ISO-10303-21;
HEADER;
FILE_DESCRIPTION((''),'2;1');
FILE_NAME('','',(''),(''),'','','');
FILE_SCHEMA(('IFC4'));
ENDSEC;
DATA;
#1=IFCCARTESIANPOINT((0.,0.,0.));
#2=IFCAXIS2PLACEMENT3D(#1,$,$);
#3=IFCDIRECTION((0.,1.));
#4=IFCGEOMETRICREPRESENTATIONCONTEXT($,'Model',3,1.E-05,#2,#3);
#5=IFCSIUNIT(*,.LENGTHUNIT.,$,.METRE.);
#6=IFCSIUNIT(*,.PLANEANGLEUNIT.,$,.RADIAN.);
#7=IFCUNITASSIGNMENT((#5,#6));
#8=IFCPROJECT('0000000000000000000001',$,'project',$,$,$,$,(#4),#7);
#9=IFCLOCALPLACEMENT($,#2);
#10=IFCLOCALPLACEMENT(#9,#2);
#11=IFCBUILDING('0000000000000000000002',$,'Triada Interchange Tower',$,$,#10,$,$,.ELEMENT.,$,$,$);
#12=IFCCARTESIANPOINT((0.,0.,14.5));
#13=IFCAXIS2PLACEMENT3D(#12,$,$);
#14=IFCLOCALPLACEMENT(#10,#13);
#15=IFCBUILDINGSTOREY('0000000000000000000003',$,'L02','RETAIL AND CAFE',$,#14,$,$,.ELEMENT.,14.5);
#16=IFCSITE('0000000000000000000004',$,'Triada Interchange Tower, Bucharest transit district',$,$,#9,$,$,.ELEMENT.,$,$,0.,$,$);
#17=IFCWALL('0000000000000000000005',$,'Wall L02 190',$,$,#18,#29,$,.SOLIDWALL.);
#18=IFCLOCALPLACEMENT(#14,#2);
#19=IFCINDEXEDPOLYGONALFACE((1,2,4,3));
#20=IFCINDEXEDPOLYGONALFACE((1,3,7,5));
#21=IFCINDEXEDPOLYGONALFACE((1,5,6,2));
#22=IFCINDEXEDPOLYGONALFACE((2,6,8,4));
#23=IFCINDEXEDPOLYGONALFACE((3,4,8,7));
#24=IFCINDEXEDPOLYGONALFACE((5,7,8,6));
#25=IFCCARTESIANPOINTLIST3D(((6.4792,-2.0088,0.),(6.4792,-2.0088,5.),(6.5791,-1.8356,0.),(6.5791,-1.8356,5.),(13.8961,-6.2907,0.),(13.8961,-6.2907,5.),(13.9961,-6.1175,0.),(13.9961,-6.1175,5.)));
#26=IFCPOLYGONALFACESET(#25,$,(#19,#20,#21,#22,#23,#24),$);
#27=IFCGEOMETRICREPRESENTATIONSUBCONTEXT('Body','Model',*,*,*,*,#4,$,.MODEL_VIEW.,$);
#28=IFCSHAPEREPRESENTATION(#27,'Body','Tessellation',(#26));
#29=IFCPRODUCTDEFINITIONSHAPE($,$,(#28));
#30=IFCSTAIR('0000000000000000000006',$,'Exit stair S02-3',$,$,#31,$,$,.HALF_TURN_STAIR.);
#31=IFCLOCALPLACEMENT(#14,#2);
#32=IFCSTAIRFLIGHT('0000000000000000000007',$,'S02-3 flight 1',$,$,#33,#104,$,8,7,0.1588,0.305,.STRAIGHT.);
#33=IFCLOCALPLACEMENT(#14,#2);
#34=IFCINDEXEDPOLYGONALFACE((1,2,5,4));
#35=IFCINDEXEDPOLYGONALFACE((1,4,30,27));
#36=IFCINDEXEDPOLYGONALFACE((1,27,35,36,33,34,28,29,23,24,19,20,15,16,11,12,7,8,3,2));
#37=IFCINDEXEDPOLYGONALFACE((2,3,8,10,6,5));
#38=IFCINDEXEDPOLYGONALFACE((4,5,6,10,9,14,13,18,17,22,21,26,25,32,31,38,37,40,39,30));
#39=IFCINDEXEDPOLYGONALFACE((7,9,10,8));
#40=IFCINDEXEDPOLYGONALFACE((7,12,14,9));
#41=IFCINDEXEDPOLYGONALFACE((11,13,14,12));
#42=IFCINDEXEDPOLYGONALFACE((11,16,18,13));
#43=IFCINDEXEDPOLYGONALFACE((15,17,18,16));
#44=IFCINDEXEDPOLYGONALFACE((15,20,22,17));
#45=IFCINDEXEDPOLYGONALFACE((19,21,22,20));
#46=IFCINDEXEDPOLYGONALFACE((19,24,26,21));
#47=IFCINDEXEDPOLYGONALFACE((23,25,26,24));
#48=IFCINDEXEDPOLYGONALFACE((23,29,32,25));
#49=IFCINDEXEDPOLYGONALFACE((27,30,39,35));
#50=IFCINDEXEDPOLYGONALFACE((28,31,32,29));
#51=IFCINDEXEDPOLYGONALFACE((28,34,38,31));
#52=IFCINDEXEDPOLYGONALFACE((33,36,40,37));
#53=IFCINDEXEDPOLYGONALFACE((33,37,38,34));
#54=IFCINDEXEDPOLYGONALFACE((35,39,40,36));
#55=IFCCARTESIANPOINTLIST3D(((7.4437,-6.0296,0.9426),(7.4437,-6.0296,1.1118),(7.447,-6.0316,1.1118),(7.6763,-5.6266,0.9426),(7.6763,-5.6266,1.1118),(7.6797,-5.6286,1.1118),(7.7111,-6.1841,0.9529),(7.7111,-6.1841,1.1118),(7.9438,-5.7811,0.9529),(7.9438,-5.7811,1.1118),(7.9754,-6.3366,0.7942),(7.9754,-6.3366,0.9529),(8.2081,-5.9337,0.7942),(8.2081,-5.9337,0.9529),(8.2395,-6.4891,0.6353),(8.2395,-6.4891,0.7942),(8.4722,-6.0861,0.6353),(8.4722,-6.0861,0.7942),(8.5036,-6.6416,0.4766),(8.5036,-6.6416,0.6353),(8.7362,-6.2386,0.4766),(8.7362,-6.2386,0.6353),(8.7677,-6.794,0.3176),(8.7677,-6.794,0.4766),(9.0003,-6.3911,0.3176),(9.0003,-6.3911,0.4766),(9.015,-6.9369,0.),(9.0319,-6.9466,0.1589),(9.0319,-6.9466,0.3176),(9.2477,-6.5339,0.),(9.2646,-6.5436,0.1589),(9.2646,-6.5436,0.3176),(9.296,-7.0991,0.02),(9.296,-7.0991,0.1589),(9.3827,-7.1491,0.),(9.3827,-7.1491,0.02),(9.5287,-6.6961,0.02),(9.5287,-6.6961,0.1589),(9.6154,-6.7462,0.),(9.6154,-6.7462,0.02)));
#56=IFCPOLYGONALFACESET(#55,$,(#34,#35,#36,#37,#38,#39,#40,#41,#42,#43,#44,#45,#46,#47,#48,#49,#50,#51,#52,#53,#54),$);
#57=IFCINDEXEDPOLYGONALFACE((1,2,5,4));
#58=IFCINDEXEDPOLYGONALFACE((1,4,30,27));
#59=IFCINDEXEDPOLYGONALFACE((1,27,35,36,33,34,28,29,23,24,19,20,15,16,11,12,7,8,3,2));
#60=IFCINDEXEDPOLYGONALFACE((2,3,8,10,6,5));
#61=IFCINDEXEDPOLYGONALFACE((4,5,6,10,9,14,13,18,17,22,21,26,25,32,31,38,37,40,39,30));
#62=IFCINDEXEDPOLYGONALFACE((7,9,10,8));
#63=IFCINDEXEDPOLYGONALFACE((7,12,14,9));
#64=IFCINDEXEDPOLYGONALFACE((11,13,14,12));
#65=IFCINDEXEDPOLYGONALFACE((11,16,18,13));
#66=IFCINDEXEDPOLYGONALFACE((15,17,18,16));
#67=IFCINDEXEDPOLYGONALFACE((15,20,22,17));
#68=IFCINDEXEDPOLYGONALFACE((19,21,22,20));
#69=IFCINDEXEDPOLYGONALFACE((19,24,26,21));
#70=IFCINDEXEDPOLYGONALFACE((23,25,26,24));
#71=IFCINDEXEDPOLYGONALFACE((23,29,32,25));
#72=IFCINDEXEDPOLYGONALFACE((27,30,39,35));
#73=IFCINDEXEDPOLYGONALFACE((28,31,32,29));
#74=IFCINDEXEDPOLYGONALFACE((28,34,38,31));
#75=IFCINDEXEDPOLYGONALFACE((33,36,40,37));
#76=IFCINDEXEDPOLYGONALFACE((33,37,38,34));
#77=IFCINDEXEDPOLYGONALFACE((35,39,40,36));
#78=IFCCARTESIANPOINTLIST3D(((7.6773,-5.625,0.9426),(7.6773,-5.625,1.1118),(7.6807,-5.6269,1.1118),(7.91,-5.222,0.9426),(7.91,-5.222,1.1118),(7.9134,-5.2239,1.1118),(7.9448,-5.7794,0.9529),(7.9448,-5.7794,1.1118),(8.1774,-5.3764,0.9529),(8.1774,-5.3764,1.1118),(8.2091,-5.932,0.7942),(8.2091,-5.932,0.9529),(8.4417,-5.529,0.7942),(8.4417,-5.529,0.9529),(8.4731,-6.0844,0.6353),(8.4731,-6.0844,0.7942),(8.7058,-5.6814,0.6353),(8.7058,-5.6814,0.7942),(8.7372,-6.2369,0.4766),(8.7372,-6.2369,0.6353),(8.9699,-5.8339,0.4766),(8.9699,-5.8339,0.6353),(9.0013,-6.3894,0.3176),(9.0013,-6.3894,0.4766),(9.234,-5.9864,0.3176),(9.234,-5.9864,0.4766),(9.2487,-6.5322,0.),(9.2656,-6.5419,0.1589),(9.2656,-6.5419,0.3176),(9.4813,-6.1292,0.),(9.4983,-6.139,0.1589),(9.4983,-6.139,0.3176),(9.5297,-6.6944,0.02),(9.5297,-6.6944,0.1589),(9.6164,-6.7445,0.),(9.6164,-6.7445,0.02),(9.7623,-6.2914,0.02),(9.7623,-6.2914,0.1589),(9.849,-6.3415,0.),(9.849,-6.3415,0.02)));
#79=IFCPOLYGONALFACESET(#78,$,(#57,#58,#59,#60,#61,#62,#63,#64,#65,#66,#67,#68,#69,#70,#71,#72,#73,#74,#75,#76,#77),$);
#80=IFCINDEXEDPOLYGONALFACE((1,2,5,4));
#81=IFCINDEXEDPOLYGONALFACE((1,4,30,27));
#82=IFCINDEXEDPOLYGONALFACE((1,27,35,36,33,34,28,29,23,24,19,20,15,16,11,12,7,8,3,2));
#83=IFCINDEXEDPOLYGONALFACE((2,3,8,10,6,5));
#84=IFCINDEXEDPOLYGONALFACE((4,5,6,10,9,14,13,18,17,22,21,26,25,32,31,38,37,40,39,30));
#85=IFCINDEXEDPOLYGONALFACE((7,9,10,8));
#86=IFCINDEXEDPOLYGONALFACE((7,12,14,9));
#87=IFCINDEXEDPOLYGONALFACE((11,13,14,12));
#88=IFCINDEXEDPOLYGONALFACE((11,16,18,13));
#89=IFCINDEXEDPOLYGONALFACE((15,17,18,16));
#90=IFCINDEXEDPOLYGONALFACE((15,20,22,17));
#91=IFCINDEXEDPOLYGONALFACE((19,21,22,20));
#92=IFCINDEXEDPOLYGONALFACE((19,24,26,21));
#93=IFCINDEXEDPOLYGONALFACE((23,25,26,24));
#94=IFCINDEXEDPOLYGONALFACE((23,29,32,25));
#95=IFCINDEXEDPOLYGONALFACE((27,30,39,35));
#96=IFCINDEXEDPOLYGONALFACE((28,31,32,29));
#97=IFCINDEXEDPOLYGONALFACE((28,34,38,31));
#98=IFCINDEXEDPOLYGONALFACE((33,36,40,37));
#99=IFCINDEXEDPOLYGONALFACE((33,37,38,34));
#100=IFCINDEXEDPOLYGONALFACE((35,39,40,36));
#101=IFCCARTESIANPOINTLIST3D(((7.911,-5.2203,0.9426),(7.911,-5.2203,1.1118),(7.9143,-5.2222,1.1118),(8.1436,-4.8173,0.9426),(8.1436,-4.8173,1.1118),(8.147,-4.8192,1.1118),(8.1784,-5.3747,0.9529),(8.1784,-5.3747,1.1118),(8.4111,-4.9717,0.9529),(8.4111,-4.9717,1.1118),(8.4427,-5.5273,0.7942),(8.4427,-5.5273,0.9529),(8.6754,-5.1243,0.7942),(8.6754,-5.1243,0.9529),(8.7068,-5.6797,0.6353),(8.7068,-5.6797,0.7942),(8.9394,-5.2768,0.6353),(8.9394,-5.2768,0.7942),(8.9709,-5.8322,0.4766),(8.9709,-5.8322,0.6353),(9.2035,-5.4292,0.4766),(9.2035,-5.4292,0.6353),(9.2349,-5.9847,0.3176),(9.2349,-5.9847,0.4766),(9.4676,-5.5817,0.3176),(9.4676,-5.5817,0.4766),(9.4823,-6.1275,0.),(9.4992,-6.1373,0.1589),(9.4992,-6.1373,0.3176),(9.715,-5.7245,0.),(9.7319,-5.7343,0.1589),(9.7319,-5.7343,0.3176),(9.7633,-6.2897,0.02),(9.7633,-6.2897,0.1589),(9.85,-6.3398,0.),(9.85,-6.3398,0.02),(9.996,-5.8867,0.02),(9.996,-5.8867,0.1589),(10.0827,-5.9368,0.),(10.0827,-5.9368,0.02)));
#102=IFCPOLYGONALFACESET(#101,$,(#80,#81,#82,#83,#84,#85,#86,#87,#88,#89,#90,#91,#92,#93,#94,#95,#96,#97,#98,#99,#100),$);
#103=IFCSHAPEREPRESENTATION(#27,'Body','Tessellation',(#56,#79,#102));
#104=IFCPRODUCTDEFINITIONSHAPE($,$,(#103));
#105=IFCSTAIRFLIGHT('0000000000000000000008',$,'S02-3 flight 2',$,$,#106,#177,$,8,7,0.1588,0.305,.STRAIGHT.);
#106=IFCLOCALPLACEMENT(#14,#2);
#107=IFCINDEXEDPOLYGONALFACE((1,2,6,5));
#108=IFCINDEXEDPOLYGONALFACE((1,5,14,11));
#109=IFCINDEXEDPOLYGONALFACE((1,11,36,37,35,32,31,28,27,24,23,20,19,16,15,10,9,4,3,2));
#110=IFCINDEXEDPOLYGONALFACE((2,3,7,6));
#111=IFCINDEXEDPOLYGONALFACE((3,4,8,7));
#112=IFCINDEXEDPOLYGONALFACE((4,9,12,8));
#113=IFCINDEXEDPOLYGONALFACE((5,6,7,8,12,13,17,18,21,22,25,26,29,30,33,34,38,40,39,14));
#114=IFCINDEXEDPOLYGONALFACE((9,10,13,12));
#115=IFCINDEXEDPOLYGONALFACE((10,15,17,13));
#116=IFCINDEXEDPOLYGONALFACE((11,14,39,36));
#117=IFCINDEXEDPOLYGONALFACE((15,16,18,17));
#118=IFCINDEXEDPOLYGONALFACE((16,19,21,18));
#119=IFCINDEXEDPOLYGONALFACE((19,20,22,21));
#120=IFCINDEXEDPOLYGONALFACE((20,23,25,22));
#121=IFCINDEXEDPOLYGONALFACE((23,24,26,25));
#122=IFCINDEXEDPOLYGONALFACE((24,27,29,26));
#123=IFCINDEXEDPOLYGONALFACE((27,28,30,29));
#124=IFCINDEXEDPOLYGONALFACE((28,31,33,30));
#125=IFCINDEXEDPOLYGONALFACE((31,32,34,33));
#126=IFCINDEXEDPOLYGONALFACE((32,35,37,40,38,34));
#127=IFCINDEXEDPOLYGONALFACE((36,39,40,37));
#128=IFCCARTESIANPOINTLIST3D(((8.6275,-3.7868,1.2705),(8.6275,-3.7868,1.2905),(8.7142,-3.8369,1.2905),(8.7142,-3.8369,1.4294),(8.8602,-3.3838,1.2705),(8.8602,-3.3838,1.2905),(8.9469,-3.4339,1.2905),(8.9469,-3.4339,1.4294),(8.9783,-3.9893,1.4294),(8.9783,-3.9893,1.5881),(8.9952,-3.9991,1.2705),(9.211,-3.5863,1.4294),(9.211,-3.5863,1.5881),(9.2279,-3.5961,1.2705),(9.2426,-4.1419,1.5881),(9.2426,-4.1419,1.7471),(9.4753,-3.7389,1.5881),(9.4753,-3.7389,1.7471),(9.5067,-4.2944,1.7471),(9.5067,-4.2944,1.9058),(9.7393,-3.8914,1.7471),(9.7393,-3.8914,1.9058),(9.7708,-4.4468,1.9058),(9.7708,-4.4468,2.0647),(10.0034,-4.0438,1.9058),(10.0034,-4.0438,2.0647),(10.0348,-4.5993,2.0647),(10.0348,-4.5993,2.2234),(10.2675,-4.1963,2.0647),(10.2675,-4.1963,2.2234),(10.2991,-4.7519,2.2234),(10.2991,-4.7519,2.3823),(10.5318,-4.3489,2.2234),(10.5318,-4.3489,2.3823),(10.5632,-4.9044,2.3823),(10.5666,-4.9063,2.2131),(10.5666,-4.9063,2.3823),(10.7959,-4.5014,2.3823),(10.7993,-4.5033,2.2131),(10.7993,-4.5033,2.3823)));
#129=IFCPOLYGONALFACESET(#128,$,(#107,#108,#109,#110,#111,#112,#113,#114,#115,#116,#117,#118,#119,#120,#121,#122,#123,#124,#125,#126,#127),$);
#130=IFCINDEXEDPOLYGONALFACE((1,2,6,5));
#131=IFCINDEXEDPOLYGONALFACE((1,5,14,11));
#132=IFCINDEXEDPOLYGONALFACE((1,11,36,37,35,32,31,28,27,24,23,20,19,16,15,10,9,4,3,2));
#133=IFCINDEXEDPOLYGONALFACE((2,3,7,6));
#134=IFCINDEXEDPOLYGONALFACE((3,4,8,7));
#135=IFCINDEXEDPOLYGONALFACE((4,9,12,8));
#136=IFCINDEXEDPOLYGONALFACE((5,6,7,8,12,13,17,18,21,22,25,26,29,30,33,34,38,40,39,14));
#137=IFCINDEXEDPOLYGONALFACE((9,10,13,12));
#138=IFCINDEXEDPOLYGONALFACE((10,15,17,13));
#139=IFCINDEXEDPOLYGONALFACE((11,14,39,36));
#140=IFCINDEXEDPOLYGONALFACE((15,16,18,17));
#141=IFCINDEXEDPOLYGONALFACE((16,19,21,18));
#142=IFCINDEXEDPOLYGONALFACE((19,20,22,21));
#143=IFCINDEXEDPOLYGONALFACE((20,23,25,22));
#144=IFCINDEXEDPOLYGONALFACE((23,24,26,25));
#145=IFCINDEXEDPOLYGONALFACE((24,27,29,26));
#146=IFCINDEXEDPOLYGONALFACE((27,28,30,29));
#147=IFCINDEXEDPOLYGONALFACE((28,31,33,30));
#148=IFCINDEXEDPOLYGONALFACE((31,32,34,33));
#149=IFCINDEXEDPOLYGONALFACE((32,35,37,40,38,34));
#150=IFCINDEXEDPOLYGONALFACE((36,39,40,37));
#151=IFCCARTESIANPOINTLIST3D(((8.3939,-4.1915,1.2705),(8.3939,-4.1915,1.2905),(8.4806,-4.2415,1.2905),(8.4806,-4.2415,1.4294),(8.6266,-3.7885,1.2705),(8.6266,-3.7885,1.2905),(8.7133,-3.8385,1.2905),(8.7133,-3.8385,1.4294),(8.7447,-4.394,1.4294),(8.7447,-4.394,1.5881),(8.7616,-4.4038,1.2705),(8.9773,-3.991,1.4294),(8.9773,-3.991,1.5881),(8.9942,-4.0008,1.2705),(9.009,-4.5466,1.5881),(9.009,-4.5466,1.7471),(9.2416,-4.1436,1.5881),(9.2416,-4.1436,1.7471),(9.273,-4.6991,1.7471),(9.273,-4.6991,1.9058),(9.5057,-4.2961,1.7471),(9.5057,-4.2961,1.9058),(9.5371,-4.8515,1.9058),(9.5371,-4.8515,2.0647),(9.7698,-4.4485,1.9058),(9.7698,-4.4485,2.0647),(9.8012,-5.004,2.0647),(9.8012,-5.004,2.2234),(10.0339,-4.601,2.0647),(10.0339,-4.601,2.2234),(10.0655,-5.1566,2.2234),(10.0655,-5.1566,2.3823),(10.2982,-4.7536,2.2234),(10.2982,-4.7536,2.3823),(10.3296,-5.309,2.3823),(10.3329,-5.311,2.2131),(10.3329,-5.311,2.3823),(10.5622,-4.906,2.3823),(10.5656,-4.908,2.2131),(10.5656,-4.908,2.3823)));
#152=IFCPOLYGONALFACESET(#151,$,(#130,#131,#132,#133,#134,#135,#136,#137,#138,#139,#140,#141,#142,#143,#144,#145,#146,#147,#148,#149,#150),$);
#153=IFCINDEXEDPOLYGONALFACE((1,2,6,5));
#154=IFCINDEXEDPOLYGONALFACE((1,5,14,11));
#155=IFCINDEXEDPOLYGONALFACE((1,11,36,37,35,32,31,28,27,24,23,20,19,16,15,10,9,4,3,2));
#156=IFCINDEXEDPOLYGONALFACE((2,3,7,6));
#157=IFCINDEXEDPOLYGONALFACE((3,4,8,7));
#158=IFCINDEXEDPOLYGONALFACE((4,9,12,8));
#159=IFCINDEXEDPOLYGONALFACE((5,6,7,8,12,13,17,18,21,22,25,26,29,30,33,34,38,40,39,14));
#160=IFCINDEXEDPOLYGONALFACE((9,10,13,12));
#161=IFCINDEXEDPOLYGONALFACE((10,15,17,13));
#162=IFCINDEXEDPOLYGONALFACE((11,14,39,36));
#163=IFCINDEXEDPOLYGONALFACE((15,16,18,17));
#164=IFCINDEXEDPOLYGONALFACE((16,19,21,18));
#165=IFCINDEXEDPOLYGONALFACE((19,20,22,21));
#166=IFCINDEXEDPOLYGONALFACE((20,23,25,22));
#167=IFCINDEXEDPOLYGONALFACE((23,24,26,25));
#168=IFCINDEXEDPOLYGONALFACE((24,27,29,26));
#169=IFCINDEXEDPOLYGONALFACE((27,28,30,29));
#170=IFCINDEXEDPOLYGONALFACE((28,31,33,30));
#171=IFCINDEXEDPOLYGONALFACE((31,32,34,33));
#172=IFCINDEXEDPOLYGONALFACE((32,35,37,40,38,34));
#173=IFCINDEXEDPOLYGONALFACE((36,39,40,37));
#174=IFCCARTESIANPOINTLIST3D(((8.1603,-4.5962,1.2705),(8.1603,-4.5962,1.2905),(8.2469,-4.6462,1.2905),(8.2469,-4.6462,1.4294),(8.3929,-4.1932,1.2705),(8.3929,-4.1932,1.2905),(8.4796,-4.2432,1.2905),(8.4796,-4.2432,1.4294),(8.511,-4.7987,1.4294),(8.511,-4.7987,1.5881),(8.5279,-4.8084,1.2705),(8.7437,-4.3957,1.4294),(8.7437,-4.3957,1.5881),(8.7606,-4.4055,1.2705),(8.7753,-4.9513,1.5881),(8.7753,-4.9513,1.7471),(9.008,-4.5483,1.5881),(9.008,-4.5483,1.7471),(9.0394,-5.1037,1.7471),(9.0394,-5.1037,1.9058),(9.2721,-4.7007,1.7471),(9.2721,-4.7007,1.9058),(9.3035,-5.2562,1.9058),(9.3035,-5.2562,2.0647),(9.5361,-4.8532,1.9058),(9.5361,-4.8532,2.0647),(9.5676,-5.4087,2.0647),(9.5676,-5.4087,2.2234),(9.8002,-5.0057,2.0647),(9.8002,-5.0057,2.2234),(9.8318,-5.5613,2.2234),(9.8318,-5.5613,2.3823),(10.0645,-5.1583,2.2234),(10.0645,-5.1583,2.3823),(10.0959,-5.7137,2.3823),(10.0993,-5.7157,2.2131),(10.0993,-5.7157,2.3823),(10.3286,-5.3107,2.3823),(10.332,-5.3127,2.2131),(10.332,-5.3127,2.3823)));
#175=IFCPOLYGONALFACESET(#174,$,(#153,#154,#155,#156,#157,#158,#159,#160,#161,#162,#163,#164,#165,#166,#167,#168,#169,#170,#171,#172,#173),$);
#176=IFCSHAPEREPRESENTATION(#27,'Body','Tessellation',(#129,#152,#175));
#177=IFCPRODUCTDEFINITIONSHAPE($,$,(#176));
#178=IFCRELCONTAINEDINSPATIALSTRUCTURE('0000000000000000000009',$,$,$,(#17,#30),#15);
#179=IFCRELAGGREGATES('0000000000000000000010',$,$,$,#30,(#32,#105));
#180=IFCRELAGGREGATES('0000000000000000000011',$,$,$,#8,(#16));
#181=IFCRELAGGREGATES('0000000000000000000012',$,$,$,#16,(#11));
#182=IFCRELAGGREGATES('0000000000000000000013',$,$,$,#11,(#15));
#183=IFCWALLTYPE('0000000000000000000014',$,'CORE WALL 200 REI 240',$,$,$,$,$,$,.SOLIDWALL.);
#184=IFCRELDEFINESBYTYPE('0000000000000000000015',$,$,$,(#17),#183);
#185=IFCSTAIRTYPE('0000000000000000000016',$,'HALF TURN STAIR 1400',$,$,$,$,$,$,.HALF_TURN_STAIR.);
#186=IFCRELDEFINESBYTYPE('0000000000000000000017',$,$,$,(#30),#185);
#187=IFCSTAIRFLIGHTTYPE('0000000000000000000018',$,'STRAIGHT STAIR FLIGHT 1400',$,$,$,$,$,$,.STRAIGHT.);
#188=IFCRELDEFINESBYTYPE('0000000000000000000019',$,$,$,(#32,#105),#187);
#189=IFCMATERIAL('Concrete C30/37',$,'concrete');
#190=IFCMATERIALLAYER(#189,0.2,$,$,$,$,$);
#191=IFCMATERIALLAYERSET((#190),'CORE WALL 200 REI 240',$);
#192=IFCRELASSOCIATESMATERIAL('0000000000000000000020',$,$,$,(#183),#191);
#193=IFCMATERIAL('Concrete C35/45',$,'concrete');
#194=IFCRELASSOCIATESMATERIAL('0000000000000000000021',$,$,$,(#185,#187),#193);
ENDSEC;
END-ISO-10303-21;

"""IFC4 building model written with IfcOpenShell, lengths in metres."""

from ifc_helpers import new_model, si_unit, direction, frame, frame_2d, origin, place, context, subcontext, project, spatial, polyline, rectangle, outline, extrude, material, layer, layer_set, type_object, element, aggregate, save


model = new_model("IFC4")

# Units and contexts
model_context = context("Model", 3, precision=1e-05, world=origin(), true_north=direction((0.0, 1.0)))
body_context = subcontext(model_context, "Body", "Model", "MODEL_VIEW")
ifc_project = project(units=[si_unit("LENGTHUNIT", "METRE"), si_unit("PLANEANGLEUNIT", "RADIAN")], contexts=[model_context])

# Site, building, storey
site_placement = place(None, origin())
site = spatial("IfcSite", under=ifc_project, at=site_placement, Name="Triada Interchange Tower, Bucharest transit district", CompositionType="ELEMENT", RefElevation=0.0)
building_placement = place(site_placement, origin())
building = spatial("IfcBuilding", under=site, at=building_placement, Name="Triada Interchange Tower", CompositionType="ELEMENT")
storey_placement = place(building_placement, frame((0.0, 0.0, 14.5)))
storey = spatial("IfcBuildingStorey", under=building, at=storey_placement, Name="L02", Description="RETAIL AND CAFE", CompositionType="ELEMENT", Elevation=14.5)

# Shared definitions
ifc_material_1 = material(Name="Concrete C35/45", Category="concrete")

# Shared definitions
ifc_material_2 = material(Name="Concrete C30/37", Category="concrete")

# Wall
ifc_layer_1 = layer(ifc_material_2, 0.2)
ifc_layer_set_1 = layer_set([ifc_layer_1], Name="CORE WALL 200 REI 240")
wall_type_1 = type_object("IfcWallType", Name="CORE WALL 200 REI 240", PredefinedType="SOLIDWALL", material=ifc_layer_set_1)
wall_1_placement = place(storey_placement, frame((6.5291, -1.9221, 0.0), z_axis=(0.0, 0.0, 1.0), x_axis=(0.866037, -0.499981, 0.0)))
element("IfcWall", 1, at=wall_1_placement, inside=storey, type_object=wall_type_1, Name="Wall L02 190", PredefinedType="SOLIDWALL", context=body_context, shape_type="SweptSolid", body=[
    extrude(rectangle(XDim=8.5642, YDim=0.2, at=frame_2d((4.2822, 0.0))), origin(), (0.0, 0.0, 1.0), 5.0),
])

# Stair, stair flights
stair_type = type_object("IfcStairType", Name="HALF TURN STAIR 1400", PredefinedType="HALF_TURN_STAIR", material=ifc_material_1)
stair_placement = place(storey_placement, origin())
stair = element("IfcStair", 2, at=stair_placement, inside=storey, type_object=stair_type, Name="Exit stair S02-3", PredefinedType="HALF_TURN_STAIR")
stair_flight_type = type_object("IfcStairFlightType", Name="STRAIGHT STAIR FLIGHT 1400", PredefinedType="STRAIGHT", material=ifc_material_1)
stair_flight_1_placement = place(storey_placement, frame((9.646, -6.4929, 0.0), z_axis=(0.0, 0.0, 1.0), x_axis=(-0.866025, 0.5, 0.0)))
stair_flight_1 = element("IfcStairFlight", 3, at=stair_flight_1_placement, type_object=stair_flight_type, Name="S02-3 flight 1", NumberOfRisers=8, NumberOfTreads=7, PredefinedType="STRAIGHT", RiserHeight=0.1588, TreadLength=0.305, context=body_context, shape_type="SweptSolid", body=[
    extrude(outline(polyline([(-0.1001, 0.0), (-0.1001, 0.02), (0.0, 0.02), (0.0, 0.1589), (0.3049, 0.1589), (0.3049, 0.3176), (0.6101, 0.3176), (0.6101, 0.4766), (0.915, 0.4766), (0.915, 0.6353), (1.22, 0.6353), (1.22, 0.7942), (1.5249, 0.7942), (1.5249, 0.9529), (1.8301, 0.9529), (1.8301, 1.1118), (2.135, 1.1118), (2.1389, 1.1118), (2.1389, 1.2705), (2.1389, 0.9426), (0.3245, 0.0), (-0.1001, 0.0)])), frame((0.0, 0.7, 0.0), z_axis=(0.0, -1.0, 0.0), x_axis=(1.0, 0.0, 0.0)), (0.0, 0.0, 1.0), 0.4653),
    extrude(outline(polyline([(-0.1001, 0.0), (-0.1001, 0.02), (0.0, 0.02), (0.0, 0.1589), (0.3049, 0.1589), (0.3049, 0.3176), (0.6101, 0.3176), (0.6101, 0.4766), (0.915, 0.4766), (0.915, 0.6353), (1.22, 0.6353), (1.22, 0.7942), (1.5249, 0.7942), (1.5249, 0.9529), (1.8301, 0.9529), (1.8301, 1.1118), (2.135, 1.1118), (2.1389, 1.1118), (2.1389, 1.2705), (2.1389, 0.9426), (0.3245, 0.0), (-0.1001, 0.0)])), frame((0.0, 0.2327, 0.0), z_axis=(0.0, -1.0, 0.0), x_axis=(1.0, 0.0, 0.0)), (0.0, 0.0, 1.0), 0.4653),
    extrude(outline(polyline([(-0.1001, 0.0), (-0.1001, 0.02), (0.0, 0.02), (0.0, 0.1589), (0.3049, 0.1589), (0.3049, 0.3176), (0.6101, 0.3176), (0.6101, 0.4766), (0.915, 0.4766), (0.915, 0.6353), (1.22, 0.6353), (1.22, 0.7942), (1.5249, 0.7942), (1.5249, 0.9529), (1.8301, 0.9529), (1.8301, 1.1118), (2.135, 1.1118), (2.1389, 1.1118), (2.1389, 1.2705), (2.1389, 0.9426), (0.3245, 0.0), (-0.1001, 0.0)])), frame((0.0, -0.2346, 0.0), z_axis=(0.0, -1.0, 0.0), x_axis=(1.0, 0.0, 0.0)), (0.0, 0.0, 1.0), 0.4653),
])
stair_flight_2_placement = place(storey_placement, frame((8.5969, -4.04, 1.2705), z_axis=(0.0, 0.0, 1.0), x_axis=(0.866025, -0.5, 0.0)))
stair_flight_2 = element("IfcStairFlight", 4, at=stair_flight_2_placement, type_object=stair_flight_type, Name="S02-3 flight 2", NumberOfRisers=8, NumberOfTreads=7, PredefinedType="STRAIGHT", RiserHeight=0.1588, TreadLength=0.305, context=body_context, shape_type="SweptSolid", body=[
    extrude(outline(polyline([(-0.1001, 0.0), (-0.1001, 0.02), (0.0, 0.02), (0.0, 0.1589), (0.3049, 0.1589), (0.3049, 0.3176), (0.6101, 0.3176), (0.6101, 0.4766), (0.915, 0.4766), (0.915, 0.6353), (1.22, 0.6353), (1.22, 0.7942), (1.5249, 0.7942), (1.5249, 0.9529), (1.8301, 0.9529), (1.8301, 1.1118), (2.135, 1.1118), (2.1389, 1.1118), (2.1389, 1.2705), (2.1389, 0.9426), (0.3245, 0.0), (-0.1001, 0.0)])), frame((0.0, 0.7, 0.0), z_axis=(0.0, -1.0, 0.0), x_axis=(1.0, 0.0, 0.0)), (0.0, 0.0, 1.0), 0.4653),
    extrude(outline(polyline([(-0.1001, 0.0), (-0.1001, 0.02), (0.0, 0.02), (0.0, 0.1589), (0.3049, 0.1589), (0.3049, 0.3176), (0.6101, 0.3176), (0.6101, 0.4766), (0.915, 0.4766), (0.915, 0.6353), (1.22, 0.6353), (1.22, 0.7942), (1.5249, 0.7942), (1.5249, 0.9529), (1.8301, 0.9529), (1.8301, 1.1118), (2.135, 1.1118), (2.1389, 1.1118), (2.1389, 1.2705), (2.1389, 0.9426), (0.3245, 0.0), (-0.1001, 0.0)])), frame((0.0, 0.2327, 0.0), z_axis=(0.0, -1.0, 0.0), x_axis=(1.0, 0.0, 0.0)), (0.0, 0.0, 1.0), 0.4653),
    extrude(outline(polyline([(-0.1001, 0.0), (-0.1001, 0.02), (0.0, 0.02), (0.0, 0.1589), (0.3049, 0.1589), (0.3049, 0.3176), (0.6101, 0.3176), (0.6101, 0.4766), (0.915, 0.4766), (0.915, 0.6353), (1.22, 0.6353), (1.22, 0.7942), (1.5249, 0.7942), (1.5249, 0.9529), (1.8301, 0.9529), (1.8301, 1.1118), (2.135, 1.1118), (2.1389, 1.1118), (2.1389, 1.2705), (2.1389, 0.9426), (0.3245, 0.0), (-0.1001, 0.0)])), frame((0.0, -0.2346, 0.0), z_axis=(0.0, -1.0, 0.0), x_axis=(1.0, 0.0, 0.0)), (0.0, 0.0, 1.0), 0.4653),
])
aggregate(stair, [stair_flight_1, stair_flight_2])

save(model, "model.ifc")
